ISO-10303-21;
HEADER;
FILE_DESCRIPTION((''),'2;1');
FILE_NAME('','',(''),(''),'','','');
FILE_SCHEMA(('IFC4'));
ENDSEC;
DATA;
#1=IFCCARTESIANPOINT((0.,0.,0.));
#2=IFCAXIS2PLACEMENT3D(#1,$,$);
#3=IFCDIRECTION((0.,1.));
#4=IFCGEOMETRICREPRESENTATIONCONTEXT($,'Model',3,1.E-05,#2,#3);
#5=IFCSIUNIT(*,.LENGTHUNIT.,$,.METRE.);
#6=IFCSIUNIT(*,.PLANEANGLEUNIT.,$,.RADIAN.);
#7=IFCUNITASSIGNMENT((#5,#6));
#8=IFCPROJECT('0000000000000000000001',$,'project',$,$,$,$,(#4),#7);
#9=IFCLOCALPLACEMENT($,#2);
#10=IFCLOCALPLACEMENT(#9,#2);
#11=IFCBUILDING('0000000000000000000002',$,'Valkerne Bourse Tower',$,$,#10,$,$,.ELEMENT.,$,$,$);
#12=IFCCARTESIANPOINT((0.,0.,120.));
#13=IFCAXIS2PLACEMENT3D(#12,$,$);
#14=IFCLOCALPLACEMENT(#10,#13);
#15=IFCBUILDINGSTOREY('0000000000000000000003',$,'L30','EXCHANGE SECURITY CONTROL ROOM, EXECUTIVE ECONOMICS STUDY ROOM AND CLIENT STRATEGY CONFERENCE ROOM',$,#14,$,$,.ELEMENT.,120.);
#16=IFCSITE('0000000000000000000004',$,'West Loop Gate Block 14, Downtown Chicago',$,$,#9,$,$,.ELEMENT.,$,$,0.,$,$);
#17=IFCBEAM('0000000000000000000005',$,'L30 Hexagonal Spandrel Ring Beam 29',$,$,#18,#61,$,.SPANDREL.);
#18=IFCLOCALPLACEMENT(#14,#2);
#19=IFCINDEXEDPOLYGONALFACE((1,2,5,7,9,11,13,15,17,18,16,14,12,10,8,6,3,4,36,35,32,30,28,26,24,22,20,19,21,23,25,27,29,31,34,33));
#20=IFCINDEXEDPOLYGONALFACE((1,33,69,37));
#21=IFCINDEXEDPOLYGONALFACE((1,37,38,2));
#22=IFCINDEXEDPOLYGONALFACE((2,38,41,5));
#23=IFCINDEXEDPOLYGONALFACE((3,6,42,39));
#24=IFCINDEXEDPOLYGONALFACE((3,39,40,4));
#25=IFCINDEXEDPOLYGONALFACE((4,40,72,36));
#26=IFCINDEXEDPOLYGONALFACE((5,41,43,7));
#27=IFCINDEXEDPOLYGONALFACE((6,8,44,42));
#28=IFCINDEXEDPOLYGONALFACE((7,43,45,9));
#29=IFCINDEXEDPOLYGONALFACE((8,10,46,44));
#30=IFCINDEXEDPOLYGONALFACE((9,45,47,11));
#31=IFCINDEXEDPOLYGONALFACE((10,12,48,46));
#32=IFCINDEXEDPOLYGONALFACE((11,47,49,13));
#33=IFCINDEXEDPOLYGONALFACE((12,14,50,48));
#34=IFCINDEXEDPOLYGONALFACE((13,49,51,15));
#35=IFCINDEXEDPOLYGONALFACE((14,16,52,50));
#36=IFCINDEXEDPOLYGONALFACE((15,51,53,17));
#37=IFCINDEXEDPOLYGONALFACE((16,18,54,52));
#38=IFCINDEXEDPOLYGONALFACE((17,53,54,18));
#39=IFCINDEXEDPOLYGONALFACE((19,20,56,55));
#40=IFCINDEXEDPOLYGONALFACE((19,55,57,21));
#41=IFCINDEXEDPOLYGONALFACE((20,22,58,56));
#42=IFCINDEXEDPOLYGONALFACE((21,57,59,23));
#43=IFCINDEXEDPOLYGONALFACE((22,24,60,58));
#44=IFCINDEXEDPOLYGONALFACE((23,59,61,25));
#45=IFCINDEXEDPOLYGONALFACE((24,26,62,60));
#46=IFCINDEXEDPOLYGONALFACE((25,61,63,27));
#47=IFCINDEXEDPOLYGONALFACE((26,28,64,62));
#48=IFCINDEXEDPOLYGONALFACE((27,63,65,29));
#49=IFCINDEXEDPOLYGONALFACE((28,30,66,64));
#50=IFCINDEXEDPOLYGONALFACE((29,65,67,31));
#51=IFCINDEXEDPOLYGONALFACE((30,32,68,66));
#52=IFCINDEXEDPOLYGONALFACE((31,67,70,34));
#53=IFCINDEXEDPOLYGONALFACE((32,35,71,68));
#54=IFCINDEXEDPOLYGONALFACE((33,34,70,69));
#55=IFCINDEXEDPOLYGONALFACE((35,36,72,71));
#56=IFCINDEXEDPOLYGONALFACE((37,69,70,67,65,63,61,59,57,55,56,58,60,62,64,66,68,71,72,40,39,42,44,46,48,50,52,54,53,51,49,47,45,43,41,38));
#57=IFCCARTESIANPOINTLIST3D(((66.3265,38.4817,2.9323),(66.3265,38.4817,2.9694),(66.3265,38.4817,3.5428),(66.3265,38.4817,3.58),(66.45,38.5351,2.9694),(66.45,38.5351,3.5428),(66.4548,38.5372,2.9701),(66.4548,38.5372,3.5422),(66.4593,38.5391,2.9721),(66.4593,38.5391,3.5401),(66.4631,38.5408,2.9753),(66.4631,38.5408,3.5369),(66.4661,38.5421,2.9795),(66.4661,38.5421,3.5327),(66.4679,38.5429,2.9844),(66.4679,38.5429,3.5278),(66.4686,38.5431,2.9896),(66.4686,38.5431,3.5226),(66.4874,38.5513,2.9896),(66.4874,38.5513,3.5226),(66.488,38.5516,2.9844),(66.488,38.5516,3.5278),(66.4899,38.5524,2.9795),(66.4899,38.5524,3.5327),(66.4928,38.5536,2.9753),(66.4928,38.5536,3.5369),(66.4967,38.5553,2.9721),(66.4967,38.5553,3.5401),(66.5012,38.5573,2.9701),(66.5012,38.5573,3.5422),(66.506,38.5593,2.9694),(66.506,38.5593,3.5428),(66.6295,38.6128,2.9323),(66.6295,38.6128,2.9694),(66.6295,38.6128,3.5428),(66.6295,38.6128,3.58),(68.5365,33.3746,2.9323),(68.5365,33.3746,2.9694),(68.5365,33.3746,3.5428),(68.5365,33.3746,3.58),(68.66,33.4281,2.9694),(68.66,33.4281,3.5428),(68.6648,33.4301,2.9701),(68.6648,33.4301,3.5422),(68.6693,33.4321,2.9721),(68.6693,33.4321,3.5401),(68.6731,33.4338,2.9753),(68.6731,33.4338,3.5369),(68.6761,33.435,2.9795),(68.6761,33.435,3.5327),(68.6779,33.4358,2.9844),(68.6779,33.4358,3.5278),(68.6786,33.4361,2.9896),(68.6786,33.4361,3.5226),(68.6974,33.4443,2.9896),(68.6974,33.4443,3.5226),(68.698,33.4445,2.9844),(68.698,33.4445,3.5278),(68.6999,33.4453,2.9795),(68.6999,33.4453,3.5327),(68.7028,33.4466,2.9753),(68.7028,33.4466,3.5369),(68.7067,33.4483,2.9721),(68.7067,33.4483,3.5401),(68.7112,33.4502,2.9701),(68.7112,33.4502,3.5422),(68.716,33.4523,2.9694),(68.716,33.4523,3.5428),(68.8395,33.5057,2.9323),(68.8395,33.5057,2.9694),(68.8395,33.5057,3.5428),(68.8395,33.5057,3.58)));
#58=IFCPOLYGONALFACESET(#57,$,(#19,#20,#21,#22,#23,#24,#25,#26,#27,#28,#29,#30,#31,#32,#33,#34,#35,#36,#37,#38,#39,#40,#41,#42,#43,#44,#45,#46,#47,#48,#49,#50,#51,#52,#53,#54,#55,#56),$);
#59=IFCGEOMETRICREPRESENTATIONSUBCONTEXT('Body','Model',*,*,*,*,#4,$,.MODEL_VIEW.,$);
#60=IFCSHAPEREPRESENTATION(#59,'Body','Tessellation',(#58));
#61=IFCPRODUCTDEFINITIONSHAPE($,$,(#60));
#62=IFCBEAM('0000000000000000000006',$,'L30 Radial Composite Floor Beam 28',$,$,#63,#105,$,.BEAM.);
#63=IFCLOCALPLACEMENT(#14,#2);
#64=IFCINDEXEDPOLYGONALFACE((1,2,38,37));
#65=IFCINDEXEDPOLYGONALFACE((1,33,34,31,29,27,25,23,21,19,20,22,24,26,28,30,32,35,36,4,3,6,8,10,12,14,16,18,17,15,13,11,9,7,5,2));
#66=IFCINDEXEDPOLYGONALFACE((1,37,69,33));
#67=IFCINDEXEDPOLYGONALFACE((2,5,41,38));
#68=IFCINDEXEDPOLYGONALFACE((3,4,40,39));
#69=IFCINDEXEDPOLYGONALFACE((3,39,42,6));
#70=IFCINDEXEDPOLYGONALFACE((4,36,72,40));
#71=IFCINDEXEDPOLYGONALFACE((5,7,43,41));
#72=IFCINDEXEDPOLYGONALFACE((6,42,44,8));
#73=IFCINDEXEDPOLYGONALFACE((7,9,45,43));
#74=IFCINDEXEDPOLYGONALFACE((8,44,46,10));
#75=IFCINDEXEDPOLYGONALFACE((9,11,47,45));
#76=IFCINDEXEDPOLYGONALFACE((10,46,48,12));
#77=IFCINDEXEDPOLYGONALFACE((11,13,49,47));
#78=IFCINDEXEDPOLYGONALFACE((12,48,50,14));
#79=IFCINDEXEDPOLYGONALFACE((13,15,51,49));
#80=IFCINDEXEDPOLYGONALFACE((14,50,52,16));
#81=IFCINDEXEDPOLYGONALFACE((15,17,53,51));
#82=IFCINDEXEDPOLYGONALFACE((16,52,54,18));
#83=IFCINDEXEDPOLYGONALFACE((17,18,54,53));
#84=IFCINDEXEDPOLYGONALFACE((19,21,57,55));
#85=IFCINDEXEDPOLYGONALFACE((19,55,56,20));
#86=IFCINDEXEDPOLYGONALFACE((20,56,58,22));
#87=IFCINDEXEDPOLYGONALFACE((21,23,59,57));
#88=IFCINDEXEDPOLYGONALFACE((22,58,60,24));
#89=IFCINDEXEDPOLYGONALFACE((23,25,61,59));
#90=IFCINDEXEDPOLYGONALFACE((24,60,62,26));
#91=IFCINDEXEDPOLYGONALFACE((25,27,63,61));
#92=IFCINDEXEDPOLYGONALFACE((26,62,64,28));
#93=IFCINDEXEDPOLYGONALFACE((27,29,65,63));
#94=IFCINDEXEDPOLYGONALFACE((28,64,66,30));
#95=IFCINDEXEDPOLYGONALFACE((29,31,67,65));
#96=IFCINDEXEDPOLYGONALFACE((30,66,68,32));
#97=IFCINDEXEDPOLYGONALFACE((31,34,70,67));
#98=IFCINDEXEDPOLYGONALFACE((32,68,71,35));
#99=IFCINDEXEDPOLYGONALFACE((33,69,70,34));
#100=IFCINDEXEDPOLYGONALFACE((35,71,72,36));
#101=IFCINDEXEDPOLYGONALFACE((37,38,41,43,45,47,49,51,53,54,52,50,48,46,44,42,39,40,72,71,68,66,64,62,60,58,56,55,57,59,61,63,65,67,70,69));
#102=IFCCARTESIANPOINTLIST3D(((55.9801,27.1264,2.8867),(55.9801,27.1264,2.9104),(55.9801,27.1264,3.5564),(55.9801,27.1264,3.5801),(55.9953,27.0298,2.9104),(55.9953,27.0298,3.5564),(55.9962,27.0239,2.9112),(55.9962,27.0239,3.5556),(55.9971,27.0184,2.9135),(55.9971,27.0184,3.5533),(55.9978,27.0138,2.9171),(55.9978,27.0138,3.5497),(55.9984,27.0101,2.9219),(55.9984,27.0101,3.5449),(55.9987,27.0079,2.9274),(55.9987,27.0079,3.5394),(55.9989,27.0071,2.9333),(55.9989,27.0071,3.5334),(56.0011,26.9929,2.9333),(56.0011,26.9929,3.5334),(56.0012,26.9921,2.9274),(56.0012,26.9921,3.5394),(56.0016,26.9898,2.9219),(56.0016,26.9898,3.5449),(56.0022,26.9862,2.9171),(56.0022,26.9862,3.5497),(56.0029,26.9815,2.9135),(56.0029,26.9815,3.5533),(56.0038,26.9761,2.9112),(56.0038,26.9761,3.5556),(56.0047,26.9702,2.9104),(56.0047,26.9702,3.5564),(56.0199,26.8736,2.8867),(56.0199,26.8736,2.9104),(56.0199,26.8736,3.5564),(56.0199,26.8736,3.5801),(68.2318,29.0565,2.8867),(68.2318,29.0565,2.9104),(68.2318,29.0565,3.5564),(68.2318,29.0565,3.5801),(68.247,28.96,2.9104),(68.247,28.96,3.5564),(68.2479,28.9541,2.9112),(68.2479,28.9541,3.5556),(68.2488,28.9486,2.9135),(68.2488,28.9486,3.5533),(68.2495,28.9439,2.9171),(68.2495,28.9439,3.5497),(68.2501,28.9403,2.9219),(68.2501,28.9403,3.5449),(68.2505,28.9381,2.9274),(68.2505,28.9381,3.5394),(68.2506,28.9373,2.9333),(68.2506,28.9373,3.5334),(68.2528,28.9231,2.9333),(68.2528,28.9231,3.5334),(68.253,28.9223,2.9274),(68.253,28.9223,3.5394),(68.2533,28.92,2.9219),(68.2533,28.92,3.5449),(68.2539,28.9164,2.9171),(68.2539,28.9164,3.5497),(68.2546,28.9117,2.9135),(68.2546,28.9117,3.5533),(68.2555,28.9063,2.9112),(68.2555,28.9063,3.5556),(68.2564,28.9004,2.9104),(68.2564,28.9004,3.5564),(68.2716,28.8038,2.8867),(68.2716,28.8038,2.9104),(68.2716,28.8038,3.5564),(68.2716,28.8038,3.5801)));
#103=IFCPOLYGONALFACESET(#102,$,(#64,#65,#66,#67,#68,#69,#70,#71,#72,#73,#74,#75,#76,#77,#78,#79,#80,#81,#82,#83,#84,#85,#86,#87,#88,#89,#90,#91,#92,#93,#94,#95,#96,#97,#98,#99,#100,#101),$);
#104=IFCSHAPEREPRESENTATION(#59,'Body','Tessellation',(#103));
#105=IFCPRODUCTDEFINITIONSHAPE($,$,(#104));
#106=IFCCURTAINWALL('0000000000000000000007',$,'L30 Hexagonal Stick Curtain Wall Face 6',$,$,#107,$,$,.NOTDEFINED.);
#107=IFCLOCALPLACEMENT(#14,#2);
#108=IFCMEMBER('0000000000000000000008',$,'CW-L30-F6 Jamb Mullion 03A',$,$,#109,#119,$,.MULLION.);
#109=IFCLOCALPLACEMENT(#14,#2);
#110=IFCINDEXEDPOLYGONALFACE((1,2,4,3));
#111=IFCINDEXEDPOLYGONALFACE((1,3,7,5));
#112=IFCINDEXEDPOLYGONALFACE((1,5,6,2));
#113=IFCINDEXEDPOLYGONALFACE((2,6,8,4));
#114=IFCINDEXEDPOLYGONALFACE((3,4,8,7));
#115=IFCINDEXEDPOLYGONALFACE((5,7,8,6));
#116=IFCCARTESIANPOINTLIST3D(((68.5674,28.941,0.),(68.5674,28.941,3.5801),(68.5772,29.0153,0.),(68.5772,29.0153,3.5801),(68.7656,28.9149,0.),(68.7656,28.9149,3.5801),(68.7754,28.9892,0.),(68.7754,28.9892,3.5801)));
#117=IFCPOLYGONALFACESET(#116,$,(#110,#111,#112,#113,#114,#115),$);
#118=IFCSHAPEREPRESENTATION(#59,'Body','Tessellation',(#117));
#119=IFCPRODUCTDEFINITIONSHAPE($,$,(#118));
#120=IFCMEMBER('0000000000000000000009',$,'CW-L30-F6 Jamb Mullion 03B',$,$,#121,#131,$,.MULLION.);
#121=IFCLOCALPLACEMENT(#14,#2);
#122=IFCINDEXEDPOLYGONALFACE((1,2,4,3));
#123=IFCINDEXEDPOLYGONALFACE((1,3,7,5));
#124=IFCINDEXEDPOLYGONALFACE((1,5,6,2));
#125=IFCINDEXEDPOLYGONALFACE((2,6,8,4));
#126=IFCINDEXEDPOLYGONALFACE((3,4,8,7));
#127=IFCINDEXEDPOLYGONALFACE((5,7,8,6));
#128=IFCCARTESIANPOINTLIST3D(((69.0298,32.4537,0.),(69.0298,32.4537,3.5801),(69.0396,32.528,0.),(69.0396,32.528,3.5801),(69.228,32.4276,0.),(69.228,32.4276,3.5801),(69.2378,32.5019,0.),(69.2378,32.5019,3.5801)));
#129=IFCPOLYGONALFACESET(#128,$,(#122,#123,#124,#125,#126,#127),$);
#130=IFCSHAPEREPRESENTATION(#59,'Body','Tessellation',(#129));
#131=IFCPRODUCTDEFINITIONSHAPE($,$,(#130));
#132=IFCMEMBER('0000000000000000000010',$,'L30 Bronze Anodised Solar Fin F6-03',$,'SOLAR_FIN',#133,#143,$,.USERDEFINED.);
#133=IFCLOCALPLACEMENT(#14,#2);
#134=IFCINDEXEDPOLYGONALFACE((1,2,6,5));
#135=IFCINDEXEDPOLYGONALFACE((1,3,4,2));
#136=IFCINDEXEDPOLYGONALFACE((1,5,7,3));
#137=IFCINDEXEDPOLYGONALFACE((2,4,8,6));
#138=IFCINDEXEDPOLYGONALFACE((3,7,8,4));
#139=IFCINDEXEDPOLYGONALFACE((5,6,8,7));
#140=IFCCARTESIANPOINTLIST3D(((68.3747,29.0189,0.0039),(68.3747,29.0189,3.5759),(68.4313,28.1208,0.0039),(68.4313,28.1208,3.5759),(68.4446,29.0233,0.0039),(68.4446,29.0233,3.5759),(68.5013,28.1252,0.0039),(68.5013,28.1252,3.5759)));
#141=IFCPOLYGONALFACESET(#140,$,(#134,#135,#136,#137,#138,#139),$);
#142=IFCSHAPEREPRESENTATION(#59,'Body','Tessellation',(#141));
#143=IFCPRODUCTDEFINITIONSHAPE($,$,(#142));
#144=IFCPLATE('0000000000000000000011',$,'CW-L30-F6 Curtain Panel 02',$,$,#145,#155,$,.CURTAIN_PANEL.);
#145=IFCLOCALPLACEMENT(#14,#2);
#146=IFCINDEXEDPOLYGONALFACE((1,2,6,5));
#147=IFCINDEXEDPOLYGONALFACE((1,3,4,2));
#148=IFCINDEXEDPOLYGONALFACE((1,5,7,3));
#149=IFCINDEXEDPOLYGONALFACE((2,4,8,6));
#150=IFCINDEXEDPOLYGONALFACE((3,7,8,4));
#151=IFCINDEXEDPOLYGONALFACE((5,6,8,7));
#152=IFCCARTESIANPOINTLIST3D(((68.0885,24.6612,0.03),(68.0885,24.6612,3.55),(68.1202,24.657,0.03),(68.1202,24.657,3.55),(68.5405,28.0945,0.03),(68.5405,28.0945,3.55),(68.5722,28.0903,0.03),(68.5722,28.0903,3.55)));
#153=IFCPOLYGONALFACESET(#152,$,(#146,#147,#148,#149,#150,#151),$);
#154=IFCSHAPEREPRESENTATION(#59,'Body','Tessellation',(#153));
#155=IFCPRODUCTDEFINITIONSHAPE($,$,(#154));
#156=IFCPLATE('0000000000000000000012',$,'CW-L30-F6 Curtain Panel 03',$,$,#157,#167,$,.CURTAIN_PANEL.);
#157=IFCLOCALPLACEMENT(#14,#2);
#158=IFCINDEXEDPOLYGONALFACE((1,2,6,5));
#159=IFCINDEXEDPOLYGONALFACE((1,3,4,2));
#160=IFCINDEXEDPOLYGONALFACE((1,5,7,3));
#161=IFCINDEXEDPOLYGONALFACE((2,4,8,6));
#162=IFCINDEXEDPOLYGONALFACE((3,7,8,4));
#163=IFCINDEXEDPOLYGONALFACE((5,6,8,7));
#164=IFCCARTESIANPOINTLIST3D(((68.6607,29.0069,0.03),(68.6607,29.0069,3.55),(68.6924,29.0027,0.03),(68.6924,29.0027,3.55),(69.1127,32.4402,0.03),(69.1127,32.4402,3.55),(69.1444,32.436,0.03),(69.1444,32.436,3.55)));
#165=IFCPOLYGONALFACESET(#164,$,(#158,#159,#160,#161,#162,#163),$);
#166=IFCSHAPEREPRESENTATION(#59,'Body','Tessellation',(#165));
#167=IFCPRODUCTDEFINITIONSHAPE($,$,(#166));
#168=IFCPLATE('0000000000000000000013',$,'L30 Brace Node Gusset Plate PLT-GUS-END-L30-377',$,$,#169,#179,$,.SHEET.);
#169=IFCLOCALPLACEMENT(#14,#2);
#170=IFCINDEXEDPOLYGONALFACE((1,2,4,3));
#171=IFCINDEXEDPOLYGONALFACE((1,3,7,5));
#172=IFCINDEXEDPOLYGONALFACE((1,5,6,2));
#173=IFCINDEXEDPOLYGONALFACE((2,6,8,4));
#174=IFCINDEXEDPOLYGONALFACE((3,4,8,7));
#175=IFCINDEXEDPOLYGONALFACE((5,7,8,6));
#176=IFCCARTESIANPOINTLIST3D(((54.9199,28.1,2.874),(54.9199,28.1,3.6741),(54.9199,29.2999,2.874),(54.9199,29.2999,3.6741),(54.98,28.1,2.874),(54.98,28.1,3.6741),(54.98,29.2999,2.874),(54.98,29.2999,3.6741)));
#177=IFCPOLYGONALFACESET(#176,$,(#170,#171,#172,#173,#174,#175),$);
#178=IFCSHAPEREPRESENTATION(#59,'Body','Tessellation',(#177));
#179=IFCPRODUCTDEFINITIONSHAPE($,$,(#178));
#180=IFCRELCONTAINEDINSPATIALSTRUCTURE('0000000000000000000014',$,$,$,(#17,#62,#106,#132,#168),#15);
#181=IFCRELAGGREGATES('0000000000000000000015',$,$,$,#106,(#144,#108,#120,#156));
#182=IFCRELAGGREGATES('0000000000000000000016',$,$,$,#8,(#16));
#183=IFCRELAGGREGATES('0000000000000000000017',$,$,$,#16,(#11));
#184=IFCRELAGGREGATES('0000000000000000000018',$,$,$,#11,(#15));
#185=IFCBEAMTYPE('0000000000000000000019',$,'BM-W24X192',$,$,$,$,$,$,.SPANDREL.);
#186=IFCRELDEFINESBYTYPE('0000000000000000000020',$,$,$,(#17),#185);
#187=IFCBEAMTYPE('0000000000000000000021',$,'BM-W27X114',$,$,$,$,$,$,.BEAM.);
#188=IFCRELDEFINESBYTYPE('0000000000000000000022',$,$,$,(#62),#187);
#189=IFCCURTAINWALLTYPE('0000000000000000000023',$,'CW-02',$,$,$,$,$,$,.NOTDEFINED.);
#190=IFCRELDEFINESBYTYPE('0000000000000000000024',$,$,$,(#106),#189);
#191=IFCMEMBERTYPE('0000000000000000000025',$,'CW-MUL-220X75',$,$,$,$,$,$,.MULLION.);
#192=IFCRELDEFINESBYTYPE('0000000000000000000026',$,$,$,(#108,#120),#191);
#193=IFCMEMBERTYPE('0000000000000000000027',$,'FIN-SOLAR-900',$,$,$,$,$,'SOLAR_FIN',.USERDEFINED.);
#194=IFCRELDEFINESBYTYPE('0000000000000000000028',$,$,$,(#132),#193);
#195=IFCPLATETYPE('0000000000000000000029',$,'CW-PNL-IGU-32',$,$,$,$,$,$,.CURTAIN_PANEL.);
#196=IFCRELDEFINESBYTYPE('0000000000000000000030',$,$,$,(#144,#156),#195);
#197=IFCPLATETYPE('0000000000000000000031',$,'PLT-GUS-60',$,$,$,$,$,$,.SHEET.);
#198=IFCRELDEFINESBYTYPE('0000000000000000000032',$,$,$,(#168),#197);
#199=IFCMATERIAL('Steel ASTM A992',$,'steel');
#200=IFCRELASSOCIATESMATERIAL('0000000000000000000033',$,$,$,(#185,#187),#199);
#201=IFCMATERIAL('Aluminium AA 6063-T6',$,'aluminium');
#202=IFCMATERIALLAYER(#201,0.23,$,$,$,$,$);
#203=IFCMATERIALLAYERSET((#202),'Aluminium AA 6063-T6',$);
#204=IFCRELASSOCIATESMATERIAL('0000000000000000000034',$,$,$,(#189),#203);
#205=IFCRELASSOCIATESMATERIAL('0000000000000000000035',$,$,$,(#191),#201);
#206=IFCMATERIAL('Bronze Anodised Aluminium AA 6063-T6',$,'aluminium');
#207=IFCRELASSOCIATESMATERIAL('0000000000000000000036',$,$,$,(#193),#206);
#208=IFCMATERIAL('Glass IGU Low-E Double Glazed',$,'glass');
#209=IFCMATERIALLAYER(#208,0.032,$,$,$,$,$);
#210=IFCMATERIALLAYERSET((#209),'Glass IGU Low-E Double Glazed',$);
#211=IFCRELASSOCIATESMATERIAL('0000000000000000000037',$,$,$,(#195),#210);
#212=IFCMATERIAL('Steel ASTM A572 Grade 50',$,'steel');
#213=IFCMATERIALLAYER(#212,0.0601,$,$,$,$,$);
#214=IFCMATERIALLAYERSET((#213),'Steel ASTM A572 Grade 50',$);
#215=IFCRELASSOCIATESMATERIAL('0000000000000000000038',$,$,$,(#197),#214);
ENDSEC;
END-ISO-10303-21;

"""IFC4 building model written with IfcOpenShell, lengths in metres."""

from ifc_helpers import new_model, si_unit, direction, frame, origin, origin_2d, place, context, subcontext, project, spatial, rectangle, i_section, extrude, material, layer, layer_set, material_profile, profile_set, type_object, element, aggregate, save


model = new_model("IFC4")

# Units and contexts
model_context = context("Model", 3, precision=1e-05, world=origin(), true_north=direction((0.0, 1.0)))
body_context = subcontext(model_context, "Body", "Model", "MODEL_VIEW")
ifc_project = project(units=[si_unit("LENGTHUNIT", "METRE"), si_unit("PLANEANGLEUNIT", "RADIAN")], contexts=[model_context])

# Site, building, storey
site_placement = place(None, origin())
site = spatial("IfcSite", under=ifc_project, at=site_placement, Name="West Loop Gate Block 14, Downtown Chicago", CompositionType="ELEMENT", RefElevation=0.0)
building_placement = place(site_placement, origin())
building = spatial("IfcBuilding", under=site, at=building_placement, Name="Valkerne Bourse Tower", CompositionType="ELEMENT")
storey_placement = place(building_placement, frame((0.0, 0.0, 120.0)))
storey = spatial("IfcBuildingStorey", under=building, at=storey_placement, Name="L30", Description="EXCHANGE SECURITY CONTROL ROOM, EXECUTIVE ECONOMICS STUDY ROOM AND CLIENT STRATEGY CONFERENCE ROOM", CompositionType="ELEMENT", Elevation=120.0)

# Beams
ifc_material_1 = material(Name="Steel ASTM A992", Category="steel")
ifc_material_profile_1 = material_profile(ifc_material_1, i_section(OverallWidth=0.3301, OverallDepth=0.6477, WebThickness=0.0205, FlangeThickness=0.0371, FilletRadius=0.0203, at=origin_2d()), Name="W24X192")
ifc_profile_set_1 = profile_set([ifc_material_profile_1], Name="Steel ASTM A992")
beam_type_1 = type_object("IfcBeamType", Name="BM-W24X192", PredefinedType="SPANDREL", material=ifc_profile_set_1)
beam_1_placement = place(storey_placement, frame((68.688, 33.4402, 3.2561), z_axis=(-0.397147, 0.917755, 0.0), x_axis=(-0.917755, -0.397147, 0.0)))
element("IfcBeam", 1, at=beam_1_placement, inside=storey, type_object=beam_type_1, Name="L30 Hexagonal Spandrel Ring Beam 29", PredefinedType="SPANDREL", context=body_context, shape_type="SweptSolid", body=[
    extrude(i_section(OverallWidth=0.3301, OverallDepth=0.6477, WebThickness=0.0205, FlangeThickness=0.0371, FilletRadius=0.0203, at=origin_2d()), origin(), (0.0, 0.0, 1.0), 5.5647),
])
ifc_material_profile_2 = material_profile(ifc_material_1, i_section(OverallWidth=0.2559, OverallDepth=0.6934, WebThickness=0.0144, FlangeThickness=0.0237, FilletRadius=0.0229, at=origin_2d()), Name="W27X114")
ifc_profile_set_2 = profile_set([ifc_material_profile_2], Name="Steel ASTM A992")
beam_type_2 = type_object("IfcBeamType", Name="BM-W27X114", PredefinedType="BEAM", material=ifc_profile_set_2)
beam_2_placement = place(storey_placement, frame((68.2517, 28.9302, 3.2334), z_axis=(-0.987816, -0.155624, 0.0), x_axis=(0.155624, -0.987816, 0.0)))
element("IfcBeam", 2, at=beam_2_placement, inside=storey, type_object=beam_type_2, Name="L30 Radial Composite Floor Beam 28", PredefinedType="BEAM", context=body_context, shape_type="SweptSolid", body=[
    extrude(i_section(OverallWidth=0.2559, OverallDepth=0.6934, WebThickness=0.0144, FlangeThickness=0.0237, FilletRadius=0.0229, at=origin_2d()), origin(), (0.0, 0.0, 1.0), 12.4028),
])

# Curtain wall, members
ifc_material_2 = material(Name="Aluminium AA 6063-T6", Category="aluminium")
ifc_layer_1 = layer(ifc_material_2, 0.23)
ifc_layer_set_1 = layer_set([ifc_layer_1], Name="Aluminium AA 6063-T6")
curtain_wall_type = type_object("IfcCurtainWallType", Name="CW-02", PredefinedType="NOTDEFINED", material=ifc_layer_set_1)
curtain_wall_placement = place(storey_placement, origin())
curtain_wall = element("IfcCurtainWall", 3, at=curtain_wall_placement, inside=storey, type_object=curtain_wall_type, Name="L30 Hexagonal Stick Curtain Wall Face 6", PredefinedType="NOTDEFINED")
ifc_material_profile_3 = material_profile(ifc_material_2, rectangle(XDim=0.075, YDim=0.2, at=origin_2d()), Name="CWM-75X200")
ifc_profile_set_3 = profile_set([ifc_material_profile_3], Name="Aluminium AA 6063-T6")
member_type_1 = type_object("IfcMemberType", Name="CW-MUL-220X75", PredefinedType="MULLION", material=ifc_profile_set_3)
member_1_placement = place(storey_placement, frame((68.6714, 28.9651, 0.0), z_axis=(0.0, 0.0, 1.0), x_axis=(0.130527, 0.991445, 0.0)))
member_1 = element("IfcMember", 4, at=member_1_placement, type_object=member_type_1, Name="CW-L30-F6 Jamb Mullion 03A", PredefinedType="MULLION", context=body_context, shape_type="SweptSolid", body=[
    extrude(rectangle(XDim=0.075, YDim=0.2, at=origin_2d()), origin(), (0.0, 0.0, 1.0), 3.5801),
])
member_2_placement = place(storey_placement, frame((69.1338, 32.4778, 0.0), z_axis=(0.0, 0.0, 1.0), x_axis=(0.130527, 0.991445, 0.0)))
member_2 = element("IfcMember", 5, at=member_2_placement, type_object=member_type_1, Name="CW-L30-F6 Jamb Mullion 03B", PredefinedType="MULLION", context=body_context, shape_type="SweptSolid", body=[
    extrude(rectangle(XDim=0.075, YDim=0.2, at=origin_2d()), origin(), (0.0, 0.0, 1.0), 3.5801),
])

# Member
ifc_material_3 = material(Name="Bronze Anodised Aluminium AA 6063-T6", Category="aluminium")
ifc_material_profile_4 = material_profile(ifc_material_3, rectangle(XDim=0.0701, YDim=0.8999, at=origin_2d()), Name="FIN-70X900")
ifc_profile_set_4 = profile_set([ifc_material_profile_4], Name="Bronze Anodised Aluminium AA 6063-T6")
member_type_2 = type_object("IfcMemberType", Name="FIN-SOLAR-900", ElementType="SOLAR_FIN", PredefinedType="USERDEFINED", material=ifc_profile_set_4)
member_3_placement = place(storey_placement, frame((68.438, 28.572, 0.0039), z_axis=(0.0, 0.0, 1.0), x_axis=(0.998019, 0.062911, 0.0)))
element("IfcMember", 6, at=member_3_placement, inside=storey, type_object=member_type_2, Name="L30 Bronze Anodised Solar Fin F6-03", ObjectType="SOLAR_FIN", PredefinedType="USERDEFINED", context=body_context, shape_type="SweptSolid", body=[
    extrude(rectangle(XDim=0.0701, YDim=0.8999, at=origin_2d()), origin(), (0.0, 0.0, 1.0), 3.572),
])

# Plates
ifc_material_4 = material(Name="Glass IGU Low-E Double Glazed", Category="glass")
ifc_layer_2 = layer(ifc_material_4, 0.032)
ifc_layer_set_2 = layer_set([ifc_layer_2], Name="Glass IGU Low-E Double Glazed")
plate_type_1 = type_object("IfcPlateType", Name="CW-PNL-IGU-32", PredefinedType="CURTAIN_PANEL", material=ifc_layer_set_2)
plate_1_placement = place(storey_placement, frame((68.3303, 26.3757, 0.03), z_axis=(0.0, 0.0, 1.0), x_axis=(0.130527, 0.991445, 0.0)))
plate_1 = element("IfcPlate", 7, at=plate_1_placement, type_object=plate_type_1, Name="CW-L30-F6 Curtain Panel 02", PredefinedType="CURTAIN_PANEL", context=body_context, shape_type="SweptSolid", body=[
    extrude(rectangle(XDim=3.4629, YDim=0.032, at=origin_2d()), origin(), (0.0, 0.0, 1.0), 3.52),
])
plate_2_placement = place(storey_placement, frame((68.9026, 30.7214, 0.03), z_axis=(0.0, 0.0, 1.0), x_axis=(0.130527, 0.991445, 0.0)))
plate_2 = element("IfcPlate", 8, at=plate_2_placement, type_object=plate_type_1, Name="CW-L30-F6 Curtain Panel 03", PredefinedType="CURTAIN_PANEL", context=body_context, shape_type="SweptSolid", body=[
    extrude(rectangle(XDim=3.4629, YDim=0.032, at=origin_2d()), origin(), (0.0, 0.0, 1.0), 3.52),
])
aggregate(curtain_wall, [plate_1, member_1, member_2, plate_2])
ifc_material_5 = material(Name="Steel ASTM A572 Grade 50", Category="steel")
ifc_layer_3 = layer(ifc_material_5, 0.0601)
ifc_layer_set_3 = layer_set([ifc_layer_3], Name="Steel ASTM A572 Grade 50")
plate_type_2 = type_object("IfcPlateType", Name="PLT-GUS-60", PredefinedType="SHEET", material=ifc_layer_set_3)
plate_3_placement = place(storey_placement, frame((54.95, 28.7, 2.874), z_axis=(0.0, 0.0, 1.0), x_axis=(0.0, 1.0, 0.0)))
element("IfcPlate", 9, at=plate_3_placement, inside=storey, type_object=plate_type_2, Name="L30 Brace Node Gusset Plate PLT-GUS-END-L30-377", PredefinedType="SHEET", context=body_context, shape_type="SweptSolid", body=[
    extrude(rectangle(XDim=1.2, YDim=0.0601, at=origin_2d()), origin(), (0.0, 0.0, 1.0), 0.8),
])

save(model, "model.ifc")
